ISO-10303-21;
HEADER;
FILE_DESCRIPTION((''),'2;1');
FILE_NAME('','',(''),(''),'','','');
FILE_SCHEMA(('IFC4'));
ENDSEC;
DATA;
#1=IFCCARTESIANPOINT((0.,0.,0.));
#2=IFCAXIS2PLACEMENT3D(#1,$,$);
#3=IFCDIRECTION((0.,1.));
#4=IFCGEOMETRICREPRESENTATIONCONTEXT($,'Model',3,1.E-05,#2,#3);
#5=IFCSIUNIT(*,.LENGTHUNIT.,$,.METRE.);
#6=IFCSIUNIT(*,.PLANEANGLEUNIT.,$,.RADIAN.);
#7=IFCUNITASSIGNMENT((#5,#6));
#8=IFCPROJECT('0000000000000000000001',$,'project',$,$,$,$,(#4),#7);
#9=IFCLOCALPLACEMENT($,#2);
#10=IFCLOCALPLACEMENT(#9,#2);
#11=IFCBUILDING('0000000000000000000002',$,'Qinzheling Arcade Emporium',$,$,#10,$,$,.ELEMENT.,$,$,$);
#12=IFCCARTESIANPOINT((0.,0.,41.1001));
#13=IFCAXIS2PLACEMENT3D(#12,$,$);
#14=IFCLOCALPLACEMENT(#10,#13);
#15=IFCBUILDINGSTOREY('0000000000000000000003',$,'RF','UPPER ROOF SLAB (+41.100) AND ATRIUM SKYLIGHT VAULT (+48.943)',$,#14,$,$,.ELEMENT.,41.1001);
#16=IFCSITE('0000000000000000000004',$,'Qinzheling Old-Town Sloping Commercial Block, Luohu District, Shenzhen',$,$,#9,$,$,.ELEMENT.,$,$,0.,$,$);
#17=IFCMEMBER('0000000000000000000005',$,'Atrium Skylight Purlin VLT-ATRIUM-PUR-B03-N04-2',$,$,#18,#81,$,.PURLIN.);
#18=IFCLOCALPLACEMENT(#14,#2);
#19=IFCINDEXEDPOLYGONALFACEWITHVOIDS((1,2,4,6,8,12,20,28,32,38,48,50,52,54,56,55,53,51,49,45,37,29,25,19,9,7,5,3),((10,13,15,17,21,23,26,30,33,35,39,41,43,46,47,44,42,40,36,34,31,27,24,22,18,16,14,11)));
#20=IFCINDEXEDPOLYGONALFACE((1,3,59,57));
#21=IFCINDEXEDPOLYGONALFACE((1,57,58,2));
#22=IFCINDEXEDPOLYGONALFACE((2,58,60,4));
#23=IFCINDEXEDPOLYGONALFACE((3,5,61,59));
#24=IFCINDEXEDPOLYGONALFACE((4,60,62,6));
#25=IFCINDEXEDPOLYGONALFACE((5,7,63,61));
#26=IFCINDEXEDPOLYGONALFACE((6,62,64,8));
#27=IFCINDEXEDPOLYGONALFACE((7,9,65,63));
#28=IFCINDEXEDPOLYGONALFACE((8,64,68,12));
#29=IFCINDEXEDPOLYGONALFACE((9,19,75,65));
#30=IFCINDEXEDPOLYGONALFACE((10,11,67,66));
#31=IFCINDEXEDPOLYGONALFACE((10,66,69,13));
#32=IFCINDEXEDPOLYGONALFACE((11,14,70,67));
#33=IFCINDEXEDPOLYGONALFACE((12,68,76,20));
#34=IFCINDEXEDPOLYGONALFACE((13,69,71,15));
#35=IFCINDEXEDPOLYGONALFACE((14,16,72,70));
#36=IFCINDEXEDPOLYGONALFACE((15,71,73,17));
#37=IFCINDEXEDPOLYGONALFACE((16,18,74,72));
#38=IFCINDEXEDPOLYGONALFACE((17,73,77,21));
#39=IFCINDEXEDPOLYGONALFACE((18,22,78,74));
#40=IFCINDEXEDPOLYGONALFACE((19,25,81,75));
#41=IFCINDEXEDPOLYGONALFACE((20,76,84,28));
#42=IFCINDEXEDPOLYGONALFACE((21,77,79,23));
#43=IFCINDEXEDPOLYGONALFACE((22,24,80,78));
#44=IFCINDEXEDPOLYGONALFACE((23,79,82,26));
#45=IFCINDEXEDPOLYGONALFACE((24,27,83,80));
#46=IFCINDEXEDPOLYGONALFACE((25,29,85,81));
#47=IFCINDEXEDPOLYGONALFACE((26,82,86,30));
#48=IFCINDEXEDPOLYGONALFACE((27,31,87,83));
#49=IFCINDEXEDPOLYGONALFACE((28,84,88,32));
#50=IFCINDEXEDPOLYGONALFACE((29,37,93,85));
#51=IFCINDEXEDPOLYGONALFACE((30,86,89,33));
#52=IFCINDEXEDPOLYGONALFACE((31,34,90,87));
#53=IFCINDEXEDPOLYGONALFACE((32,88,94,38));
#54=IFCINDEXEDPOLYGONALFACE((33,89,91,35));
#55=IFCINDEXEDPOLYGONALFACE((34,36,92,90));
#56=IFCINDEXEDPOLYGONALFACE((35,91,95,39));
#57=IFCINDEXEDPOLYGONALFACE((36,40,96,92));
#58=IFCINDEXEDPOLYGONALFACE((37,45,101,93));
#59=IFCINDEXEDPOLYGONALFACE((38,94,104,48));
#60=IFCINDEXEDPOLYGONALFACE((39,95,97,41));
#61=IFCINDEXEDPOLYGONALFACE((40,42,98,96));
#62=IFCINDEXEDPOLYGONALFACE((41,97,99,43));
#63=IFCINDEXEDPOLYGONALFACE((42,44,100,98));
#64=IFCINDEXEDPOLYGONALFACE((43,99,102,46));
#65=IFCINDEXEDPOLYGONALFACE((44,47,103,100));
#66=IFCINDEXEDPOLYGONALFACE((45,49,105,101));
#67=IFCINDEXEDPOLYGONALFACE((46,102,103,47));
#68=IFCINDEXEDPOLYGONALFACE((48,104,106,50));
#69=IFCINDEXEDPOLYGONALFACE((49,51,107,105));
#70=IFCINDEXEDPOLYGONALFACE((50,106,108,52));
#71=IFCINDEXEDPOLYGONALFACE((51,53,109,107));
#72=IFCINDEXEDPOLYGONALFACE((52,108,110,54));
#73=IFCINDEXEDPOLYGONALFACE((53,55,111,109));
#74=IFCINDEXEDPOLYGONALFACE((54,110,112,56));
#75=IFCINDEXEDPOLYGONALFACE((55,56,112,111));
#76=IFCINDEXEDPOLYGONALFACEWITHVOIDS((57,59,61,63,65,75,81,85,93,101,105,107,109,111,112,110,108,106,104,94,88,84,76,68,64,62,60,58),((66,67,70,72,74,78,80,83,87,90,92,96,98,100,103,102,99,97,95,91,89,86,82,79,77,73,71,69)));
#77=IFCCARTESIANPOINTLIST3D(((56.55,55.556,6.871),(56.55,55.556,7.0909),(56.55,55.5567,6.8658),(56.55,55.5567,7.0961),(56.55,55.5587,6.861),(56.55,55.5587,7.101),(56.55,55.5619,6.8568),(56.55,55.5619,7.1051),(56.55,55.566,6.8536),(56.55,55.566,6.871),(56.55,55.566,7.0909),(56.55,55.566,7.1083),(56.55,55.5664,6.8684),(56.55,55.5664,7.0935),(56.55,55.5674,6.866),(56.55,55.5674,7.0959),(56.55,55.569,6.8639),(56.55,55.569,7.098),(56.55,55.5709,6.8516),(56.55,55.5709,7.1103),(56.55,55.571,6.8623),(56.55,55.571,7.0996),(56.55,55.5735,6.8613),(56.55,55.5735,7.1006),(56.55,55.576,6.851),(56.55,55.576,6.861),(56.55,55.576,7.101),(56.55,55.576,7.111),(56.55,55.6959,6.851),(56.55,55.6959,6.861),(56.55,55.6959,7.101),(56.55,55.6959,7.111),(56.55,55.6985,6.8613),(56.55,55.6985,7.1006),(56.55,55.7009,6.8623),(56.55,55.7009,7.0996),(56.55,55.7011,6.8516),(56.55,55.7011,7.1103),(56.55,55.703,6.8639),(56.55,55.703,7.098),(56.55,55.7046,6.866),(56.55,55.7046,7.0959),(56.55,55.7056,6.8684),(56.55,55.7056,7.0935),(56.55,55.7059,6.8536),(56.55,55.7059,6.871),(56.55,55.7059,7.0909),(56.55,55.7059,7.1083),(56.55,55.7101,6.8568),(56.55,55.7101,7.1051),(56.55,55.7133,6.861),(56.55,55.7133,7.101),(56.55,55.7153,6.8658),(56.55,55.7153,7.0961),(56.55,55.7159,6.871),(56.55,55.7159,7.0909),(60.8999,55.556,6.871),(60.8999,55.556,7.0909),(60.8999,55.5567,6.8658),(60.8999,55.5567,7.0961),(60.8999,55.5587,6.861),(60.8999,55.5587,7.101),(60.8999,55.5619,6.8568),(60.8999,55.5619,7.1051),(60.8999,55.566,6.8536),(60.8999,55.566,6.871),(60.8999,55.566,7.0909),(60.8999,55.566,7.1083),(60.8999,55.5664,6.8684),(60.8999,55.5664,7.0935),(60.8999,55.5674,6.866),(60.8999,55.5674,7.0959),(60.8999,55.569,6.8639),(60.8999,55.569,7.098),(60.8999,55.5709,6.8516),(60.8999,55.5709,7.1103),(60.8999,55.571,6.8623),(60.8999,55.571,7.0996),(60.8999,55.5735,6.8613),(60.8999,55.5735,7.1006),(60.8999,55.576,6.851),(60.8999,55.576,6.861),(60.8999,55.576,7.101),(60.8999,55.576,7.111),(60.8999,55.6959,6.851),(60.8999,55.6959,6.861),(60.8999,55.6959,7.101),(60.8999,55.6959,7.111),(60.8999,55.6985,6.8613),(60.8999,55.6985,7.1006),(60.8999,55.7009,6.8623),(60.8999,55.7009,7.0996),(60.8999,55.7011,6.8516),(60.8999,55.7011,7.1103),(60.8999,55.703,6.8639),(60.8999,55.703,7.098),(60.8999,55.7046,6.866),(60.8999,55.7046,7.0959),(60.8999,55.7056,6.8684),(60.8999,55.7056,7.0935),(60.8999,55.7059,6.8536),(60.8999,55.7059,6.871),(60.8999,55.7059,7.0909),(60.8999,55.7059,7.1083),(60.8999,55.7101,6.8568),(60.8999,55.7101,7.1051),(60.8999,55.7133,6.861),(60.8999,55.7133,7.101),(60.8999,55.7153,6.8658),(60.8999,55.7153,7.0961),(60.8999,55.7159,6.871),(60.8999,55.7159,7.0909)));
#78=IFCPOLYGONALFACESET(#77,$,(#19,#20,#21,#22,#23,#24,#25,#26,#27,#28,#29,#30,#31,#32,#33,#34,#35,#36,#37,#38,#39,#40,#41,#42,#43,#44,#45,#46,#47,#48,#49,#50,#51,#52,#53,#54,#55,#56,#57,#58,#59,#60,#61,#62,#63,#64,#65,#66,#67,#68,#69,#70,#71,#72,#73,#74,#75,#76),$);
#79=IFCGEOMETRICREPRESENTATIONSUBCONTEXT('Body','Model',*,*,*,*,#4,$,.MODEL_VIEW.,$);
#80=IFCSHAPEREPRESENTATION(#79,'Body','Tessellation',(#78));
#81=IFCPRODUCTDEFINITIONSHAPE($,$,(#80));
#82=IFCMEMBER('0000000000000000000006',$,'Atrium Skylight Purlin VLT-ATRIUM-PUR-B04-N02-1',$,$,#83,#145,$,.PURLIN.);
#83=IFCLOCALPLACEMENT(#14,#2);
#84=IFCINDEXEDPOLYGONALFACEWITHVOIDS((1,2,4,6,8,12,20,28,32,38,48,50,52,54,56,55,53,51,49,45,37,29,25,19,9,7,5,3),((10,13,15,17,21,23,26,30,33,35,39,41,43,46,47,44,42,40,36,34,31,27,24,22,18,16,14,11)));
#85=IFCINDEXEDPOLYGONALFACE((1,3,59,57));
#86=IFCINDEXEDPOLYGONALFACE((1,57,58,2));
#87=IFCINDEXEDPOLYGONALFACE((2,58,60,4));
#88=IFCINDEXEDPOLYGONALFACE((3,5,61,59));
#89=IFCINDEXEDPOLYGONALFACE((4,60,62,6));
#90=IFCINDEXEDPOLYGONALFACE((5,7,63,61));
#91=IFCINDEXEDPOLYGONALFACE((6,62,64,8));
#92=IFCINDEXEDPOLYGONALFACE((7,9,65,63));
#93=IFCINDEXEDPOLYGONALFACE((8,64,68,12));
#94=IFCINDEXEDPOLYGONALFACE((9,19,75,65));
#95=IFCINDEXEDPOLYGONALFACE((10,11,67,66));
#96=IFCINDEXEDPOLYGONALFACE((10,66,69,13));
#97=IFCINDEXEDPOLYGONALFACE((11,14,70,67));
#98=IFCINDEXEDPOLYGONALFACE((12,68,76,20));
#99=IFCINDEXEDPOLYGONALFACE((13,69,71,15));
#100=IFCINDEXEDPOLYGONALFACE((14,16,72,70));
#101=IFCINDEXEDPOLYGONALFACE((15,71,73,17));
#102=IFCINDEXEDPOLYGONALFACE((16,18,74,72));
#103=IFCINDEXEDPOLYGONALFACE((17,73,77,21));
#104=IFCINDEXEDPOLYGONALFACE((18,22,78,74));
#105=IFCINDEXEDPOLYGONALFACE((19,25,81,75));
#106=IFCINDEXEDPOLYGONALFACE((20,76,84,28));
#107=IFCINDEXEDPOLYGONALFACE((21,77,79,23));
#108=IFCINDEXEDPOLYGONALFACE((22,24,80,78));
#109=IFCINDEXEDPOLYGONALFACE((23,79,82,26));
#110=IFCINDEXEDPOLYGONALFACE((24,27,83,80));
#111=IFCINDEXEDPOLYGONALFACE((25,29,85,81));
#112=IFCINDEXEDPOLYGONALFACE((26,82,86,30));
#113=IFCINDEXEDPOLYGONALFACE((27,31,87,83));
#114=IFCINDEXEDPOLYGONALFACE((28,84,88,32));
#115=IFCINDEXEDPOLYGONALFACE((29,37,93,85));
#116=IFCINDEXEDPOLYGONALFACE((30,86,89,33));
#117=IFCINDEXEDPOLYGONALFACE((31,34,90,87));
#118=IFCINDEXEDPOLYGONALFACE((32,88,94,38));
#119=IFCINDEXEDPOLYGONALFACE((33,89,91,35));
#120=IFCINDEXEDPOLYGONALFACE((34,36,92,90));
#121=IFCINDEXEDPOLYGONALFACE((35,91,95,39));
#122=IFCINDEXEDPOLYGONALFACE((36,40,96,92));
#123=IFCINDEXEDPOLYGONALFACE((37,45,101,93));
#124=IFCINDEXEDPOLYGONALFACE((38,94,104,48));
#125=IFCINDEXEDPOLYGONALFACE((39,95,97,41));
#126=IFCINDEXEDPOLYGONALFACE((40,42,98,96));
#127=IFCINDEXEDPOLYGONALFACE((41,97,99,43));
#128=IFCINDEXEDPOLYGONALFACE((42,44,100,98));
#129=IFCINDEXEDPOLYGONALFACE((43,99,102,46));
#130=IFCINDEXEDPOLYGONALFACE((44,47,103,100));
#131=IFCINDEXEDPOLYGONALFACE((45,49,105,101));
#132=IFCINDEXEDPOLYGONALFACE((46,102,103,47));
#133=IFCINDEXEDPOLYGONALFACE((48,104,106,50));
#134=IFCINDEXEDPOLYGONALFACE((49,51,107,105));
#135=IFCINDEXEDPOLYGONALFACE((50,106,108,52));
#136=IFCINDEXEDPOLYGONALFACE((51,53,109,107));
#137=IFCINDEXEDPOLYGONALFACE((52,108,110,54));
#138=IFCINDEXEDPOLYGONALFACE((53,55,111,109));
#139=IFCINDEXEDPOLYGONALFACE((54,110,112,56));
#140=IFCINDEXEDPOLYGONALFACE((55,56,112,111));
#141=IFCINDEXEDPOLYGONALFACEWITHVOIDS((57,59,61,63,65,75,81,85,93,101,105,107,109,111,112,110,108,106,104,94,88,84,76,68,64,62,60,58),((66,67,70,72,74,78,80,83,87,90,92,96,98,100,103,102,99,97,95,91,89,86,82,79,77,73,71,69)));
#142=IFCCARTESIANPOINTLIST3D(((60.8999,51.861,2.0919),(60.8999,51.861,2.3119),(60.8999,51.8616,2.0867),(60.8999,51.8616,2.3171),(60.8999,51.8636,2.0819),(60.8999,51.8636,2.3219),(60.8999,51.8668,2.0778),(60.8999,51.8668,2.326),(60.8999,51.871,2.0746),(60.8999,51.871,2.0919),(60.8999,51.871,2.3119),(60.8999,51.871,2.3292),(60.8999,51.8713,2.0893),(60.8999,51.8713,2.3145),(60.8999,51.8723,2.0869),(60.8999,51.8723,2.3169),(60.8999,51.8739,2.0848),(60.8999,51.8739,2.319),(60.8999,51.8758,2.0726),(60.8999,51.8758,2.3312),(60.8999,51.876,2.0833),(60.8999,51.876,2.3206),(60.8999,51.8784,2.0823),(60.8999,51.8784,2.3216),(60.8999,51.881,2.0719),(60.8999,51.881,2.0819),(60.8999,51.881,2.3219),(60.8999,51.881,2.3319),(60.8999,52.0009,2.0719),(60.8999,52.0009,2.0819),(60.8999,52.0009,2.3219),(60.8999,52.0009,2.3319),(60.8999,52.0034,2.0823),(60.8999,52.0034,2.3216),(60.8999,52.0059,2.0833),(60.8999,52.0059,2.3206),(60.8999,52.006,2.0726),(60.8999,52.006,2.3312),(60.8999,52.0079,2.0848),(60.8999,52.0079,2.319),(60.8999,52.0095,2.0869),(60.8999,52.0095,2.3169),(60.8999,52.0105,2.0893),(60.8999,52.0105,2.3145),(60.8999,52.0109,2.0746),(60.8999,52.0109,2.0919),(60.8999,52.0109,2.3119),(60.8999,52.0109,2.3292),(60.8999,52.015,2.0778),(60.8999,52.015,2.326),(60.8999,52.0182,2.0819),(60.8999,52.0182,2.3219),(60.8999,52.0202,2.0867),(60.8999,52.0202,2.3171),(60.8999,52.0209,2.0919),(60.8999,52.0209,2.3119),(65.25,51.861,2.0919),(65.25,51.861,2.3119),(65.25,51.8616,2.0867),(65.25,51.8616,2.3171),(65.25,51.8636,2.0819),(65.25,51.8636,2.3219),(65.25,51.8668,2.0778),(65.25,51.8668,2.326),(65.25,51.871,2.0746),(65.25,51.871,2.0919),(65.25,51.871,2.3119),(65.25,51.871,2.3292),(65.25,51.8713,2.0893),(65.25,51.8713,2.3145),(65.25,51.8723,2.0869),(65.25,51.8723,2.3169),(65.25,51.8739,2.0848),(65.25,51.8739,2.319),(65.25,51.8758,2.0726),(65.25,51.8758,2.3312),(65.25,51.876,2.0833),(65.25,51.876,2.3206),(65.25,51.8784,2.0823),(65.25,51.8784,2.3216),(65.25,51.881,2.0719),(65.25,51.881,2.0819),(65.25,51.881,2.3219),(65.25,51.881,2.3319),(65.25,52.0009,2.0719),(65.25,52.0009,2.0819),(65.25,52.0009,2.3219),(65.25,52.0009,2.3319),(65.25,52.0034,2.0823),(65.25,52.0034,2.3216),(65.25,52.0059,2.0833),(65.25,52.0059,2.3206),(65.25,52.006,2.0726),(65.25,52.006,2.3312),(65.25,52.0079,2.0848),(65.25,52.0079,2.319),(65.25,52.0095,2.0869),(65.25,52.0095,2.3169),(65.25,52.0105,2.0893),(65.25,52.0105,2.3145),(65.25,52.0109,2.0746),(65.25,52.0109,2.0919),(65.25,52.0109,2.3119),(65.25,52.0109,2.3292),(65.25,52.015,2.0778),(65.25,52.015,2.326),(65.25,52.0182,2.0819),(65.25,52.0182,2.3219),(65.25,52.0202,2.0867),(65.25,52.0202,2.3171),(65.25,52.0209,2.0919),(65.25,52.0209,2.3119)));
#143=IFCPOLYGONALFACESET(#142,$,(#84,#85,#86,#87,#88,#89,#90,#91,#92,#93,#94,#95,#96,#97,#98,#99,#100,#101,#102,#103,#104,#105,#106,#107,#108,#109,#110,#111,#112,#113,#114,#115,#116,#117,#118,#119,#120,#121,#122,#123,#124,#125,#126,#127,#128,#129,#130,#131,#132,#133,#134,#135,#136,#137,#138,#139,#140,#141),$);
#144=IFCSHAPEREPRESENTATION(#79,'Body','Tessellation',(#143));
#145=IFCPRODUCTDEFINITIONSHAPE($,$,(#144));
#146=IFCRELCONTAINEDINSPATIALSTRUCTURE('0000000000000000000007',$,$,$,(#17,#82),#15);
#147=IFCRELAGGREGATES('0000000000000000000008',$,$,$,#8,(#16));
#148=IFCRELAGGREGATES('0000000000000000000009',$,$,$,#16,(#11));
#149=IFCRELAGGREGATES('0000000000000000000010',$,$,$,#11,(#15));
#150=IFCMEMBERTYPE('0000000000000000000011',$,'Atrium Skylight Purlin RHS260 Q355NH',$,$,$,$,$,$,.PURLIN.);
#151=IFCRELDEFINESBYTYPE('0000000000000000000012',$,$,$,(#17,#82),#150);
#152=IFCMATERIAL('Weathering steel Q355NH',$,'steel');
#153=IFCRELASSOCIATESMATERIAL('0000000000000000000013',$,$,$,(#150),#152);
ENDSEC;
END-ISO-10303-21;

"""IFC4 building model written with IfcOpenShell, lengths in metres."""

from ifc_helpers import new_model, si_unit, direction, frame, origin, origin_2d, place, context, subcontext, project, spatial, hollow_rectangle, extrude, material, material_profile, profile_set, type_object, element, save


model = new_model("IFC4")

# Units and contexts
model_context = context("Model", 3, precision=1e-05, world=origin(), true_north=direction((0.0, 1.0)))
body_context = subcontext(model_context, "Body", "Model", "MODEL_VIEW")
ifc_project = project(units=[si_unit("LENGTHUNIT", "METRE"), si_unit("PLANEANGLEUNIT", "RADIAN")], contexts=[model_context])

# Site, building, storey
site_placement = place(None, origin())
site = spatial("IfcSite", under=ifc_project, at=site_placement, Name="Qinzheling Old-Town Sloping Commercial Block, Luohu District, Shenzhen", CompositionType="ELEMENT", RefElevation=0.0)
building_placement = place(site_placement, origin())
building = spatial("IfcBuilding", under=site, at=building_placement, Name="Qinzheling Arcade Emporium", CompositionType="ELEMENT")
storey_placement = place(building_placement, frame((0.0, 0.0, 41.1001)))
storey = spatial("IfcBuildingStorey", under=building, at=storey_placement, Name="RF", Description="UPPER ROOF SLAB (+41.100) AND ATRIUM SKYLIGHT VAULT (+48.943)", CompositionType="ELEMENT", Elevation=41.1001)

# Shared definitions
ifc_material_1 = material(Name="Weathering steel Q355NH", Category="steel")

# Members
ifc_material_profile_1 = material_profile(ifc_material_1, hollow_rectangle(XDim=0.1599, YDim=0.26, WallThickness=0.01, InnerFilletRadius=0.01, OuterFilletRadius=0.02, at=origin_2d()), Name="RHS 260x160x10", Category="steel")
ifc_profile_set_1 = profile_set([ifc_material_profile_1], Name="Weathering steel Q355NH")
member_type = type_object("IfcMemberType", Name="Atrium Skylight Purlin RHS260 Q355NH", PredefinedType="PURLIN", material=ifc_profile_set_1)
member_1_placement = place(storey_placement, frame((56.55, 55.636, 6.981), z_axis=(1.0, 0.0, 0.0), x_axis=(0.0, 1.0, 0.0)))
element("IfcMember", 1, at=member_1_placement, inside=storey, type_object=member_type, Name="Atrium Skylight Purlin VLT-ATRIUM-PUR-B03-N04-2", PredefinedType="PURLIN", context=body_context, shape_type="SweptSolid", body=[
    extrude(hollow_rectangle(XDim=0.1599, YDim=0.26, WallThickness=0.01, InnerFilletRadius=0.01, OuterFilletRadius=0.02, at=origin_2d()), origin(), (0.0, 0.0, 1.0), 4.3499),
])
for number, where, z_axis, x_axis, name in (
    (2, (60.8999, 51.9409, 2.2019), (1.0, 0.0, 0.0), (0.0, 1.0, 0.0), "Atrium Skylight Purlin VLT-ATRIUM-PUR-B04-N02-1"),
):
    element("IfcMember", number, at=place(storey_placement, frame(where, z_axis=z_axis, x_axis=x_axis)), inside=storey, type_object=member_type, Name=name, PredefinedType="PURLIN", context=body_context, shape_type="SweptSolid", body=[
        extrude(hollow_rectangle(XDim=0.1599, YDim=0.26, WallThickness=0.01, InnerFilletRadius=0.01, OuterFilletRadius=0.02, at=origin_2d()), origin(), (0.0, 0.0, 1.0), 4.3501),
    ])

save(model, "model.ifc")
